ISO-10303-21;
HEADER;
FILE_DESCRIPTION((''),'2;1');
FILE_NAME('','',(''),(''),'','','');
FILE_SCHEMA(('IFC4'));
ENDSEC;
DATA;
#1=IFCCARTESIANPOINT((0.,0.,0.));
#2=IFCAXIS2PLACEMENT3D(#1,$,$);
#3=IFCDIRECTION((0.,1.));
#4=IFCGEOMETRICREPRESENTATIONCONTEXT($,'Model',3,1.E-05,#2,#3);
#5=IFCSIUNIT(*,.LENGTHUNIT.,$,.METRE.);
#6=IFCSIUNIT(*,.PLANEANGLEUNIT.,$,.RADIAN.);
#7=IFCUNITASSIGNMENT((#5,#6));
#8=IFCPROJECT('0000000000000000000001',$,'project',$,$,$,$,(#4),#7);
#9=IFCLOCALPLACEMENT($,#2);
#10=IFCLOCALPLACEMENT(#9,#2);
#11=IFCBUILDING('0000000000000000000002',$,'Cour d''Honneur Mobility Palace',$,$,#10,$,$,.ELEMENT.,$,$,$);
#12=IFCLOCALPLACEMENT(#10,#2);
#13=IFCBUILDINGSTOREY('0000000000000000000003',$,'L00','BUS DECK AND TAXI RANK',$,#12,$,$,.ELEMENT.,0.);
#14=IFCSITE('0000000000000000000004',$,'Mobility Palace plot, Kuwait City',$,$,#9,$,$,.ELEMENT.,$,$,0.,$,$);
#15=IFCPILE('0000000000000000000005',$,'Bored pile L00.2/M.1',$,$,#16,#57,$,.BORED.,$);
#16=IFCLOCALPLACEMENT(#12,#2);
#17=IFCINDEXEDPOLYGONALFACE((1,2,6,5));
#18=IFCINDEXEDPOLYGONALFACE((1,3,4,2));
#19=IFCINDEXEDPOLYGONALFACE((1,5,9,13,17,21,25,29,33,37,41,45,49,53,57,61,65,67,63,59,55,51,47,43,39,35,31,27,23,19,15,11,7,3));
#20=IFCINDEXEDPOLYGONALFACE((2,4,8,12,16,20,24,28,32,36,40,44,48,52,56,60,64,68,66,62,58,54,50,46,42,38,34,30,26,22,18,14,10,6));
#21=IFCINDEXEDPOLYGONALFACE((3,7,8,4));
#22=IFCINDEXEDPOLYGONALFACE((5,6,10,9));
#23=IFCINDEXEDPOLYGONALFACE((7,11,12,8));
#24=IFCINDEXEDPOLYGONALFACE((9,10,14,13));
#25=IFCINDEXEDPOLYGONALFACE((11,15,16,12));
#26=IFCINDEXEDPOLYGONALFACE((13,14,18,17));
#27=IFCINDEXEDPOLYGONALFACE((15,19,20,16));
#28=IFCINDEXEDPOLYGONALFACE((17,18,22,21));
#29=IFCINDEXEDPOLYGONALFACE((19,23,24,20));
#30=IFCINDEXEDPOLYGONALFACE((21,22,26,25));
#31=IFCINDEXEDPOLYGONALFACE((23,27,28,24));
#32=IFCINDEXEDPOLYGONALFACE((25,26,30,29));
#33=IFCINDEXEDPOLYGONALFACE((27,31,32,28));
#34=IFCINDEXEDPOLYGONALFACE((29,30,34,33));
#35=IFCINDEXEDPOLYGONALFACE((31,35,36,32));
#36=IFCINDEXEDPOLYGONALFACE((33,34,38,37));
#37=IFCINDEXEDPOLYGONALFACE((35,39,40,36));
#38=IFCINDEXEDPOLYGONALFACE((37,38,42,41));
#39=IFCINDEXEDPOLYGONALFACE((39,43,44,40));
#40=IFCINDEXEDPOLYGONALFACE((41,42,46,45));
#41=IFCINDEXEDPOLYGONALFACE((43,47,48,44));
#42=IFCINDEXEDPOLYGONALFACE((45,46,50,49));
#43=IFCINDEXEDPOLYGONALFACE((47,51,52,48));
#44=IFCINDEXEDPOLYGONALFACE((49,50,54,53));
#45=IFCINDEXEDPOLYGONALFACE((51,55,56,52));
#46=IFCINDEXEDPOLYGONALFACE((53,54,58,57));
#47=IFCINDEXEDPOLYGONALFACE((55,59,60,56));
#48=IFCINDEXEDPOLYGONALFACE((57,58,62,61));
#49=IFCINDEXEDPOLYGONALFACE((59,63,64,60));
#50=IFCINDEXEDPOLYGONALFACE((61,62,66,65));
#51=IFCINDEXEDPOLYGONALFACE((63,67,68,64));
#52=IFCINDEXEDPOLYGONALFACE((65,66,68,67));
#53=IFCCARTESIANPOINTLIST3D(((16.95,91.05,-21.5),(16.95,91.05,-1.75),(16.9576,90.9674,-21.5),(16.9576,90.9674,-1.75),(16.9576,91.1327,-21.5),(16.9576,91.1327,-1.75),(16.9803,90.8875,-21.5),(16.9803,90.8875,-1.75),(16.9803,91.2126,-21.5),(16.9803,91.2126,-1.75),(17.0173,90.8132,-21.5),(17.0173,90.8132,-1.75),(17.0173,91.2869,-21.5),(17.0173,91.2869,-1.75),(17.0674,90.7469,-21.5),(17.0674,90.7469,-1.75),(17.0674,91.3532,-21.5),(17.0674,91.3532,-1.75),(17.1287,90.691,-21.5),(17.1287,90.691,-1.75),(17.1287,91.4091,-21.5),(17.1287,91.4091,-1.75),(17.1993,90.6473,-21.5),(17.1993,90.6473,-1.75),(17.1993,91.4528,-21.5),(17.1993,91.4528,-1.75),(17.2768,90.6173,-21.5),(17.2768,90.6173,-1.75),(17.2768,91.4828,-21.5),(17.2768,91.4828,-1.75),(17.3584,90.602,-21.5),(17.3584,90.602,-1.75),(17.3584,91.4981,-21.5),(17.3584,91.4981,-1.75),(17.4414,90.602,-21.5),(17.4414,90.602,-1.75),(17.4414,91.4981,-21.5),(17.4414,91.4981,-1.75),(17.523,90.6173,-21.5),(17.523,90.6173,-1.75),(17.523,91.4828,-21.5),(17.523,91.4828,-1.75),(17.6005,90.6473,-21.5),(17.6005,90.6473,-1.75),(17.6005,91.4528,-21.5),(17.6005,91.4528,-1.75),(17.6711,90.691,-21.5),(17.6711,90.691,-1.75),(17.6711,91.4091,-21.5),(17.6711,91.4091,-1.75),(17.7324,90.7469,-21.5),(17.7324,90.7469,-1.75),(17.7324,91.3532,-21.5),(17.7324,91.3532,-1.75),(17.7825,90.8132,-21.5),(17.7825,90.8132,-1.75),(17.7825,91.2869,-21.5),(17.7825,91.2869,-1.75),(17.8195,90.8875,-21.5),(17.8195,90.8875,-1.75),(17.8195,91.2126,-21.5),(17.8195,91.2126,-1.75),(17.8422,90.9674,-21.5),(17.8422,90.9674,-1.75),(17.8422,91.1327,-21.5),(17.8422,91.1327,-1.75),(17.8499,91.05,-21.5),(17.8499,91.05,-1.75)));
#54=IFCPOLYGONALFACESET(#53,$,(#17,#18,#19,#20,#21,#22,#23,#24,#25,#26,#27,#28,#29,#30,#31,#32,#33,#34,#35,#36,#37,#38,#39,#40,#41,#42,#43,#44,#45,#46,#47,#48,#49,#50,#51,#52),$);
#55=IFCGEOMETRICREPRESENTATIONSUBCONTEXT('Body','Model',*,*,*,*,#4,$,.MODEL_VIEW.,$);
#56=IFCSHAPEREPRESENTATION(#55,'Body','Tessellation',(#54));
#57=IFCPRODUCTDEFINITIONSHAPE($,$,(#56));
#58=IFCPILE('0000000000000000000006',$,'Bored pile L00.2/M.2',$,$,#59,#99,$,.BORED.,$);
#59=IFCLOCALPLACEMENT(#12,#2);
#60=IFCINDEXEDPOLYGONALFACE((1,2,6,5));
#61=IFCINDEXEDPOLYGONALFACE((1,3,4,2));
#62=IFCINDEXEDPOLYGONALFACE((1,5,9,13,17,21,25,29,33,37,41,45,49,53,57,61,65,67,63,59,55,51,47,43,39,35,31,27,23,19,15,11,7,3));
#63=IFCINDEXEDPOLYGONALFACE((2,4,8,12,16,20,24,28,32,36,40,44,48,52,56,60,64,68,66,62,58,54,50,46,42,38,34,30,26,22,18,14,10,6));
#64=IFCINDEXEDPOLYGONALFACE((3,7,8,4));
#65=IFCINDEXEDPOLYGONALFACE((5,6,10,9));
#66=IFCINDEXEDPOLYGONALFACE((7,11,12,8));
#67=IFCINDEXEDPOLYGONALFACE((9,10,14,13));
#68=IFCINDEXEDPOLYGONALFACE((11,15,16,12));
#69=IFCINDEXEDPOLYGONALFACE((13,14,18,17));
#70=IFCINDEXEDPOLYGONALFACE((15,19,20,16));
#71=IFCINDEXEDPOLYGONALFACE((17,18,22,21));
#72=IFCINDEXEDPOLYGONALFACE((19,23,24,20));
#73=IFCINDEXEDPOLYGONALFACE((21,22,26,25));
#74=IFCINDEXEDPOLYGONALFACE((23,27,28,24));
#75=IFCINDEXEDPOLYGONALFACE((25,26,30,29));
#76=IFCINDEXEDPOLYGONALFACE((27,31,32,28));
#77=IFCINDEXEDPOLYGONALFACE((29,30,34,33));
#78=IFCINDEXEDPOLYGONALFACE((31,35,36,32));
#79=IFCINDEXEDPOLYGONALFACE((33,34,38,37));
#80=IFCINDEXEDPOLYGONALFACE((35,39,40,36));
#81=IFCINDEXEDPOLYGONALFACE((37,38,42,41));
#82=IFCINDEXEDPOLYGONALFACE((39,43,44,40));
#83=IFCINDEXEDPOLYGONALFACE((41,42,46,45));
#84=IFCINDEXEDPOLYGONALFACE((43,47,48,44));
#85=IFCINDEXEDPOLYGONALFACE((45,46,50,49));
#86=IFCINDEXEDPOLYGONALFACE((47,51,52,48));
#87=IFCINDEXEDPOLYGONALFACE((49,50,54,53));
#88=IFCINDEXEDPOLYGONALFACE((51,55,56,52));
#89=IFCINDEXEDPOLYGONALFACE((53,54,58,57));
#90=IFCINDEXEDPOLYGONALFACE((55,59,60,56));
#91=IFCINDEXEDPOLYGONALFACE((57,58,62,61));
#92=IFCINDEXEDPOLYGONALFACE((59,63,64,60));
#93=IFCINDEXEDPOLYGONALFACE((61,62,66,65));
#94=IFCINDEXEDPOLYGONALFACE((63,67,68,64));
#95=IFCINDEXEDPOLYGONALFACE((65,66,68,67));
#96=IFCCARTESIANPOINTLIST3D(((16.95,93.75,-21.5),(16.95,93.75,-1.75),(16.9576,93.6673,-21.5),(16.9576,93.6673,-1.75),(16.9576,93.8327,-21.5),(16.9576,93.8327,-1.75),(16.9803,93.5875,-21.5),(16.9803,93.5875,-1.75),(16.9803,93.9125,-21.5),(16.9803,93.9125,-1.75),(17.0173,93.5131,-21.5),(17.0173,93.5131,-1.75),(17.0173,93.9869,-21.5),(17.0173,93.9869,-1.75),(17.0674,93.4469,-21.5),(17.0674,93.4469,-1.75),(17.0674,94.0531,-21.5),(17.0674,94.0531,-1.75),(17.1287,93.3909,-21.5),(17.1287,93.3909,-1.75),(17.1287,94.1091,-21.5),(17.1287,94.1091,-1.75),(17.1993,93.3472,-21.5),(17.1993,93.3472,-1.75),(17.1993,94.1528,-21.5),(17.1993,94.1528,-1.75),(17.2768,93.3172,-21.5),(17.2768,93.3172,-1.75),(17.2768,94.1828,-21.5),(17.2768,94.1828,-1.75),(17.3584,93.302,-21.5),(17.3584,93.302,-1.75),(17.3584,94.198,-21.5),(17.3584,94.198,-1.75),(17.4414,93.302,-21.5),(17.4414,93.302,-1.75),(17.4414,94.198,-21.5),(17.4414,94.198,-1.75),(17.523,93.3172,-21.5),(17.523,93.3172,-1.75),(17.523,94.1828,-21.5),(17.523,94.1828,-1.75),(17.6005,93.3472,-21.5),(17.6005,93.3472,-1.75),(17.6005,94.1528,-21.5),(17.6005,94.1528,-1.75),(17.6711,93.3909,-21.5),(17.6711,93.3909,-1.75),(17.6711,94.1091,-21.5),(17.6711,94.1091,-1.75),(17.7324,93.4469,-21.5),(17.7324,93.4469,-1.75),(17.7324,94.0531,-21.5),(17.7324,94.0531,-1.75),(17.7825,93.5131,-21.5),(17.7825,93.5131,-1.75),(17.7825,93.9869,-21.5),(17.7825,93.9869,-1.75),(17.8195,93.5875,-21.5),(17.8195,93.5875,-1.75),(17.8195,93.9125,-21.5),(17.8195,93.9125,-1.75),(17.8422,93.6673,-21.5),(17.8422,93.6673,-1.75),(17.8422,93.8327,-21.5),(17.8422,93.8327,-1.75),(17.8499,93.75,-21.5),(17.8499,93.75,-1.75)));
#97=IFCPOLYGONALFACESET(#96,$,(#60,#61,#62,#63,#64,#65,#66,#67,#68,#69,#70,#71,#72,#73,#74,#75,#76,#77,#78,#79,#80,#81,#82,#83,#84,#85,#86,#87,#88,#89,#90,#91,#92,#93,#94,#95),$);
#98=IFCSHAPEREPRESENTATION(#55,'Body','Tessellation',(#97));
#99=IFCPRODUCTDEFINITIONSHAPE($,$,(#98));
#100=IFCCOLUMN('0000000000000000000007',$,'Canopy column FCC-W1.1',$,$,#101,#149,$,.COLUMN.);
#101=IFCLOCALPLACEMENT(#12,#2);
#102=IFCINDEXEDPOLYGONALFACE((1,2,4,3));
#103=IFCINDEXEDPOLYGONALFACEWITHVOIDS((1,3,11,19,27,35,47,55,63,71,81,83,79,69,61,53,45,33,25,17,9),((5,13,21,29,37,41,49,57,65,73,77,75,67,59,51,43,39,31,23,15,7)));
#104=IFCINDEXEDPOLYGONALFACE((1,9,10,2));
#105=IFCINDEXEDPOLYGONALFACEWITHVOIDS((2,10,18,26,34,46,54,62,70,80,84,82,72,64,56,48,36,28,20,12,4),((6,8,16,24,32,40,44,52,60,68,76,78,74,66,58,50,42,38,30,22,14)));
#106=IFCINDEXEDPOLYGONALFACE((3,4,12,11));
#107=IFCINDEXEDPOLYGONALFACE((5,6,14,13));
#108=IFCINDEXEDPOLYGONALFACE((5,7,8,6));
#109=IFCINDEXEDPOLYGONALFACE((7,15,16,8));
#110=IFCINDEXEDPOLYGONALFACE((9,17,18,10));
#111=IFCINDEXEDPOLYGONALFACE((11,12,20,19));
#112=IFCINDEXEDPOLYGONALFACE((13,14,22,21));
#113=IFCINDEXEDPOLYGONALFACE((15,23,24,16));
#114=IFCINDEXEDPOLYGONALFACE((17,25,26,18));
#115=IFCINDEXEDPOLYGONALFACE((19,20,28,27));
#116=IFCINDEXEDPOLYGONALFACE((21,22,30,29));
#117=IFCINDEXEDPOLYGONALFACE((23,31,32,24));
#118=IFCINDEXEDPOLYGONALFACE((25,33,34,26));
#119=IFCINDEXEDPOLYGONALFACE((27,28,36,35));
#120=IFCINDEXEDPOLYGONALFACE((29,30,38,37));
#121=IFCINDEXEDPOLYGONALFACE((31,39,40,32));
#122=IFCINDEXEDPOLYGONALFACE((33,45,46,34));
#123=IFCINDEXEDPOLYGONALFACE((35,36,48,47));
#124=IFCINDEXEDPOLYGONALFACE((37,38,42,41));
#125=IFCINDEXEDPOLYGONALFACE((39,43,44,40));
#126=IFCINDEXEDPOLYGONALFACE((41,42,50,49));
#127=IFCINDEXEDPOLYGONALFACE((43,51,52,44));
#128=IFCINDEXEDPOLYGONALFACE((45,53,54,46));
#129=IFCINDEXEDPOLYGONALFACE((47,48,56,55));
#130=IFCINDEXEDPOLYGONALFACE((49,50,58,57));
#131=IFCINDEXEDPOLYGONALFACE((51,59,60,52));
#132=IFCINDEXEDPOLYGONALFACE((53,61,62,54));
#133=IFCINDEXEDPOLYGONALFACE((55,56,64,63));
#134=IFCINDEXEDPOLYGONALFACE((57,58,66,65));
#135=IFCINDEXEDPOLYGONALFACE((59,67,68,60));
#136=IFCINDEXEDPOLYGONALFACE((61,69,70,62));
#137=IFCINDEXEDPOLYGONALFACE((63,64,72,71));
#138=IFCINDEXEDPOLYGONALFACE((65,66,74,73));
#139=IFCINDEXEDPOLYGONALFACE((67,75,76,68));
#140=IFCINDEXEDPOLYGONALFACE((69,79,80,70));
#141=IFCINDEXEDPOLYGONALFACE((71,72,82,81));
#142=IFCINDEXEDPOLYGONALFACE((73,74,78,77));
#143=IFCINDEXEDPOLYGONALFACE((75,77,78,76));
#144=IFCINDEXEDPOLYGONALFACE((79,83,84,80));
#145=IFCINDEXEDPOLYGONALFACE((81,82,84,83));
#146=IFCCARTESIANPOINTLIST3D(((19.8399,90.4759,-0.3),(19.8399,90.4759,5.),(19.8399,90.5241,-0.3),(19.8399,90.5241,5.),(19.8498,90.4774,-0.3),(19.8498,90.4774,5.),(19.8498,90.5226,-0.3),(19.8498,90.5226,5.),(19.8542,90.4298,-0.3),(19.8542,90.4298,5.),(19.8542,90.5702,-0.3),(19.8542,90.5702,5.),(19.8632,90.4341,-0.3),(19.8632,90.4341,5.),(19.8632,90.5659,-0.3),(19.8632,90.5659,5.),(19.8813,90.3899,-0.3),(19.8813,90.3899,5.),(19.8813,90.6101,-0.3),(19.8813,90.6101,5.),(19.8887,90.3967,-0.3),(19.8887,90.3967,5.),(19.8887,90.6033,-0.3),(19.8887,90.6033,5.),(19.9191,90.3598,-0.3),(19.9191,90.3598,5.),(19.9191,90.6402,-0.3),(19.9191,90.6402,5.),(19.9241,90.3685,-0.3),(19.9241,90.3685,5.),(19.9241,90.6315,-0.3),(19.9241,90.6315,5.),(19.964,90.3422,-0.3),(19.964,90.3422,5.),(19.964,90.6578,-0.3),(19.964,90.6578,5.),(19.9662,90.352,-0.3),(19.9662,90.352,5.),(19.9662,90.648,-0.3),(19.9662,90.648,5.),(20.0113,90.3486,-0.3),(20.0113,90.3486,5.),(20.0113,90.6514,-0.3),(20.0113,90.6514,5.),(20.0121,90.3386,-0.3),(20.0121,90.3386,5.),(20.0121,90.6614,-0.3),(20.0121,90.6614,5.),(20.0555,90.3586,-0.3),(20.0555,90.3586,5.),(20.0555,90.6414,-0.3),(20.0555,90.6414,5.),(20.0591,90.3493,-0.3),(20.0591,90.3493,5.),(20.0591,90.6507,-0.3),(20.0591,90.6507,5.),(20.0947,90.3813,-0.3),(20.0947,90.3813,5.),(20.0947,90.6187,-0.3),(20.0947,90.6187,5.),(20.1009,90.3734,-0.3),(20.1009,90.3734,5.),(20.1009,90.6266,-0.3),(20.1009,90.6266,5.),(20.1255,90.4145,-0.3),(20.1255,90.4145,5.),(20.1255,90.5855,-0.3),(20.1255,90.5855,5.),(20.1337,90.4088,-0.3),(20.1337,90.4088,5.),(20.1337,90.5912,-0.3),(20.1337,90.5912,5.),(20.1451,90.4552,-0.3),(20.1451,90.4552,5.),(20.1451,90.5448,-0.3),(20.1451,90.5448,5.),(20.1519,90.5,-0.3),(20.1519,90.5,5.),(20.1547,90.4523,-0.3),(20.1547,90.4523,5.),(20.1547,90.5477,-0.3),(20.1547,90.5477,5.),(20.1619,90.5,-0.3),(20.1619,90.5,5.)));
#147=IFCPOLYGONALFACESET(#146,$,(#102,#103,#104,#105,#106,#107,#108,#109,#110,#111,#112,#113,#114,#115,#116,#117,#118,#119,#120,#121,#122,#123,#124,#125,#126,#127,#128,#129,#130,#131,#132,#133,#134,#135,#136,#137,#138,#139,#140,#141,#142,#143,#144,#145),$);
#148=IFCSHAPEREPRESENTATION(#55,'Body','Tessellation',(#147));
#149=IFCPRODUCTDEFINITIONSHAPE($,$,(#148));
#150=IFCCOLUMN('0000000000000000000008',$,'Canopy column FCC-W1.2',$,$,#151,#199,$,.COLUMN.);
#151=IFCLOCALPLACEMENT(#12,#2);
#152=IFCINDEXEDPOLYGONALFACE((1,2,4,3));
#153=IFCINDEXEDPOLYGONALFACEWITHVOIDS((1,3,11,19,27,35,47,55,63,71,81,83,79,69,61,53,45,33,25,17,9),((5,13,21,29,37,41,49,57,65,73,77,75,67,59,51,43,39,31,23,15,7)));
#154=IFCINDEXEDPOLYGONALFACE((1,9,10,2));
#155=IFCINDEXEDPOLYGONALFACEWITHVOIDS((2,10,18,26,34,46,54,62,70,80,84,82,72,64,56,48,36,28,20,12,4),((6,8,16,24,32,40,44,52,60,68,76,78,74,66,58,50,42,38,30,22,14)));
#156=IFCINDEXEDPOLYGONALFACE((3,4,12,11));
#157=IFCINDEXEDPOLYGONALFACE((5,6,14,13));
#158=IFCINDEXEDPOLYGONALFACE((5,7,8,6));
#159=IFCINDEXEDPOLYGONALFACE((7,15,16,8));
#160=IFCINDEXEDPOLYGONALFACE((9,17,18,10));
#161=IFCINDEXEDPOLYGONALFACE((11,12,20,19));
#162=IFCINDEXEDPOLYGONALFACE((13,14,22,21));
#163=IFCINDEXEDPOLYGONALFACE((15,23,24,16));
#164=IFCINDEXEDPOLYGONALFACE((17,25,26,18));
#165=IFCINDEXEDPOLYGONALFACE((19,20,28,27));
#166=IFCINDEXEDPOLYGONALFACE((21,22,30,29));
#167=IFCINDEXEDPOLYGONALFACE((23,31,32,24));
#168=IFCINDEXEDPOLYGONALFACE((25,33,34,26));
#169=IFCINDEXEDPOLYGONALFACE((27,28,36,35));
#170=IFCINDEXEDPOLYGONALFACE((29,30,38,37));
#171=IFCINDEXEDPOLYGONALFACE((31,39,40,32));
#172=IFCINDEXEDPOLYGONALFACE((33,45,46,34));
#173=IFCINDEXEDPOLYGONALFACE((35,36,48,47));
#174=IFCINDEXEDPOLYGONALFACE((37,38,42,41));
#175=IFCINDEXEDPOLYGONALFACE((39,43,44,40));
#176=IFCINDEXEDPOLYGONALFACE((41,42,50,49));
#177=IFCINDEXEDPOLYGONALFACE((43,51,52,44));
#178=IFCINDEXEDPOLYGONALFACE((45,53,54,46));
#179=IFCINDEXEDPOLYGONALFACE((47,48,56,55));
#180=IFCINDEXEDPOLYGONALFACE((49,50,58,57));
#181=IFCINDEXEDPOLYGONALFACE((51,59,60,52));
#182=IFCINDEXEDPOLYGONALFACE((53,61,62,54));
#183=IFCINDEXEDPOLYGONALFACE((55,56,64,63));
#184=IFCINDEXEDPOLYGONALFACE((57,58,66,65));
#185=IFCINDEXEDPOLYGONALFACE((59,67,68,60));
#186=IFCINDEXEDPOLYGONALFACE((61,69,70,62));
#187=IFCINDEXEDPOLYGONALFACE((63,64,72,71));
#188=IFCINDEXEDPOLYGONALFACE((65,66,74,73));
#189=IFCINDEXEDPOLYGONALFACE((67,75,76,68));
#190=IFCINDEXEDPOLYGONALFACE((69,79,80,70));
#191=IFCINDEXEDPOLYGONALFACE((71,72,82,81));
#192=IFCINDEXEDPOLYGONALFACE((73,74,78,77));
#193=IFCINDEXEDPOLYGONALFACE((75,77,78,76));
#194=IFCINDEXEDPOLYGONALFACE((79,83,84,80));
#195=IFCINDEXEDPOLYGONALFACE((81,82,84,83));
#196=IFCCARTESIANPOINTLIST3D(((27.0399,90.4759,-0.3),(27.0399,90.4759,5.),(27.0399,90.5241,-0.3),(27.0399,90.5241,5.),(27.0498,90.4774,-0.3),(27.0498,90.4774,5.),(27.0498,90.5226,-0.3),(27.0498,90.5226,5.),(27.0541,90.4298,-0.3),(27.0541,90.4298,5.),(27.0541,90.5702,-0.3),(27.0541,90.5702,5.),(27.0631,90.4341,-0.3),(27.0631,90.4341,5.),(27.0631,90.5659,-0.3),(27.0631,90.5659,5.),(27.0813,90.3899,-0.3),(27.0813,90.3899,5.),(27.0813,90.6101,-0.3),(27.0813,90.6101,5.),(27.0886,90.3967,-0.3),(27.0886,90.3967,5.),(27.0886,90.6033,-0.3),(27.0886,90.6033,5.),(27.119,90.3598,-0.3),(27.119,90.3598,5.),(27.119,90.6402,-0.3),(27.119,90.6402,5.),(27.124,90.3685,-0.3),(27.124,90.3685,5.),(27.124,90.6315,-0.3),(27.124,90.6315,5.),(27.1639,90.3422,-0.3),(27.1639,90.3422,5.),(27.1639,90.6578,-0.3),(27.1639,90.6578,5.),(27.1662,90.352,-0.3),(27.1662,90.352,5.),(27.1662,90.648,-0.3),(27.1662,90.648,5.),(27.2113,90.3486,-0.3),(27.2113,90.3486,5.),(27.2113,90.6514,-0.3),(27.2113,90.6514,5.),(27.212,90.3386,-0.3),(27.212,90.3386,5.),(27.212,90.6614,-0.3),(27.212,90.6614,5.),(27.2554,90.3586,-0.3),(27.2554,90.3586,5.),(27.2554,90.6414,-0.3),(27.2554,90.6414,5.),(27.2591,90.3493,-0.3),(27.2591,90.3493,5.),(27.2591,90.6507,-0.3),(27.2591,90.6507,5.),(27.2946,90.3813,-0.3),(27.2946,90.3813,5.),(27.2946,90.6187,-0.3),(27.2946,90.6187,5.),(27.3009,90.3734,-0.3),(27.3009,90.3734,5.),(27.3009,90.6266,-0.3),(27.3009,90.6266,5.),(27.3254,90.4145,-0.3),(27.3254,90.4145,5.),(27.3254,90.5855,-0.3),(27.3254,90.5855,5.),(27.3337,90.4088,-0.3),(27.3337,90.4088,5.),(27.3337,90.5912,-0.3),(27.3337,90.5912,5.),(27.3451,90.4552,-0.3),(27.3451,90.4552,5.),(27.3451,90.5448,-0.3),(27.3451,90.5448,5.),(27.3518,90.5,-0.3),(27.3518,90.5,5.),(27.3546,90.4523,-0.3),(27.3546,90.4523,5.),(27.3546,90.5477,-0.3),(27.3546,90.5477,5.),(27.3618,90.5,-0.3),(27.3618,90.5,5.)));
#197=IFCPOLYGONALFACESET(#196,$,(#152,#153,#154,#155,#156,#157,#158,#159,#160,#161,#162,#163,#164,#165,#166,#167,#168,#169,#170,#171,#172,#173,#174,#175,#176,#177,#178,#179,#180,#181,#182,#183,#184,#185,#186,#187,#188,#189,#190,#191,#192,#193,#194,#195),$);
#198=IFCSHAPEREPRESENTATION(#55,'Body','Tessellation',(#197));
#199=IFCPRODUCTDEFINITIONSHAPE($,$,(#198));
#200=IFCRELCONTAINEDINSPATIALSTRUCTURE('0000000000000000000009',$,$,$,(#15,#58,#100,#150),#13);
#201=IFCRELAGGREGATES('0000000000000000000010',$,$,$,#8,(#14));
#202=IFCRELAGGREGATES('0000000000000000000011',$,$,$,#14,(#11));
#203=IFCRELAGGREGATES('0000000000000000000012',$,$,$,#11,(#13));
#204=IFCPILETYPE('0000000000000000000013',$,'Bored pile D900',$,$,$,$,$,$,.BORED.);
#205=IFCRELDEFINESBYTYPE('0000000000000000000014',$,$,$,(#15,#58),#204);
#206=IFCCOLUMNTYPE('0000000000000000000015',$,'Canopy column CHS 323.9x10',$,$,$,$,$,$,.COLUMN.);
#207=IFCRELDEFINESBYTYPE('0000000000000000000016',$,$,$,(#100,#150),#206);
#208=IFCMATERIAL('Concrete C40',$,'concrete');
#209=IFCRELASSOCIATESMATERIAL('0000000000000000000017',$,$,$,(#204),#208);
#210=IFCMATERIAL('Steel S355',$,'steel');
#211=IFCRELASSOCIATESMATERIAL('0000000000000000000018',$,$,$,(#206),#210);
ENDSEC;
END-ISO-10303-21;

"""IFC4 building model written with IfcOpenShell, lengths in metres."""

from ifc_helpers import new_model, si_unit, direction, frame, origin, origin_2d, place, context, subcontext, project, spatial, circle, hollow_circle, extrude, material, material_profile, profile_set, type_object, element, save


model = new_model("IFC4")

# Units and contexts
model_context = context("Model", 3, precision=1e-05, world=origin(), true_north=direction((0.0, 1.0)))
body_context = subcontext(model_context, "Body", "Model", "MODEL_VIEW")
ifc_project = project(units=[si_unit("LENGTHUNIT", "METRE"), si_unit("PLANEANGLEUNIT", "RADIAN")], contexts=[model_context])

# Site, building, storey
site_placement = place(None, origin())
site = spatial("IfcSite", under=ifc_project, at=site_placement, Name="Mobility Palace plot, Kuwait City", CompositionType="ELEMENT", RefElevation=0.0)
building_placement = place(site_placement, origin())
building = spatial("IfcBuilding", under=site, at=building_placement, Name="Cour d'Honneur Mobility Palace", CompositionType="ELEMENT")
storey_placement = place(building_placement, origin())
storey = spatial("IfcBuildingStorey", under=building, at=storey_placement, Name="L00", Description="BUS DECK AND TAXI RANK", CompositionType="ELEMENT", Elevation=0.0)

# Piles
ifc_material_1 = material(Name="Concrete C40", Category="concrete")
ifc_material_profile_1 = material_profile(ifc_material_1, circle(Radius=0.45, at=origin_2d()), Name="Bored pile D900")
ifc_profile_set_1 = profile_set([ifc_material_profile_1], Name="Concrete C40")
pile_type = type_object("IfcPileType", Name="Bored pile D900", PredefinedType="BORED", material=ifc_profile_set_1)
for number, where, z_axis, x_axis, name in (
    (1, (17.3999, 91.05, -1.75), (0.0, 0.0, -1.0), (1.0, 0.0, 0.0), "Bored pile L00.2/M.1"),
    (2, (17.3999, 93.75, -1.75), (0.0, 0.0, -1.0), (1.0, 0.0, 0.0), "Bored pile L00.2/M.2"),
):
    element("IfcPile", number, at=place(storey_placement, frame(where, z_axis=z_axis, x_axis=x_axis)), inside=storey, type_object=pile_type, Name=name, PredefinedType="BORED", context=body_context, shape_type="SweptSolid", body=[
        extrude(circle(Radius=0.45, at=origin_2d()), origin(), (0.0, 0.0, 1.0), 19.75),
    ])

# Columns
ifc_material_2 = material(Name="Steel S355", Category="steel")
ifc_material_profile_2 = material_profile(ifc_material_2, hollow_circle(Radius=0.1619, WallThickness=0.01, at=origin_2d()), Name="CHS 323.9x10")
ifc_profile_set_2 = profile_set([ifc_material_profile_2], Name="Steel S355")
column_type_1 = type_object("IfcColumnType", Name="Canopy column CHS 323.9x10", PredefinedType="COLUMN", material=ifc_profile_set_2)
for number, where, z_axis, x_axis, name in (
    (3, (20.0, 90.5, -0.3), (0.0, 0.0, 1.0), (1.0, 0.0, 0.0), "Canopy column FCC-W1.1"),
    (4, (27.2, 90.5, -0.3), (0.0, 0.0, 1.0), (1.0, 0.0, 0.0), "Canopy column FCC-W1.2"),
):
    element("IfcColumn", number, at=place(storey_placement, frame(where, z_axis=z_axis, x_axis=x_axis)), inside=storey, type_object=column_type_1, Name=name, PredefinedType="COLUMN", context=body_context, shape_type="SweptSolid", body=[
        extrude(hollow_circle(Radius=0.1619, WallThickness=0.01, at=origin_2d()), origin(), (0.0, 0.0, 1.0), 5.3),
    ])

save(model, "model.ifc")
